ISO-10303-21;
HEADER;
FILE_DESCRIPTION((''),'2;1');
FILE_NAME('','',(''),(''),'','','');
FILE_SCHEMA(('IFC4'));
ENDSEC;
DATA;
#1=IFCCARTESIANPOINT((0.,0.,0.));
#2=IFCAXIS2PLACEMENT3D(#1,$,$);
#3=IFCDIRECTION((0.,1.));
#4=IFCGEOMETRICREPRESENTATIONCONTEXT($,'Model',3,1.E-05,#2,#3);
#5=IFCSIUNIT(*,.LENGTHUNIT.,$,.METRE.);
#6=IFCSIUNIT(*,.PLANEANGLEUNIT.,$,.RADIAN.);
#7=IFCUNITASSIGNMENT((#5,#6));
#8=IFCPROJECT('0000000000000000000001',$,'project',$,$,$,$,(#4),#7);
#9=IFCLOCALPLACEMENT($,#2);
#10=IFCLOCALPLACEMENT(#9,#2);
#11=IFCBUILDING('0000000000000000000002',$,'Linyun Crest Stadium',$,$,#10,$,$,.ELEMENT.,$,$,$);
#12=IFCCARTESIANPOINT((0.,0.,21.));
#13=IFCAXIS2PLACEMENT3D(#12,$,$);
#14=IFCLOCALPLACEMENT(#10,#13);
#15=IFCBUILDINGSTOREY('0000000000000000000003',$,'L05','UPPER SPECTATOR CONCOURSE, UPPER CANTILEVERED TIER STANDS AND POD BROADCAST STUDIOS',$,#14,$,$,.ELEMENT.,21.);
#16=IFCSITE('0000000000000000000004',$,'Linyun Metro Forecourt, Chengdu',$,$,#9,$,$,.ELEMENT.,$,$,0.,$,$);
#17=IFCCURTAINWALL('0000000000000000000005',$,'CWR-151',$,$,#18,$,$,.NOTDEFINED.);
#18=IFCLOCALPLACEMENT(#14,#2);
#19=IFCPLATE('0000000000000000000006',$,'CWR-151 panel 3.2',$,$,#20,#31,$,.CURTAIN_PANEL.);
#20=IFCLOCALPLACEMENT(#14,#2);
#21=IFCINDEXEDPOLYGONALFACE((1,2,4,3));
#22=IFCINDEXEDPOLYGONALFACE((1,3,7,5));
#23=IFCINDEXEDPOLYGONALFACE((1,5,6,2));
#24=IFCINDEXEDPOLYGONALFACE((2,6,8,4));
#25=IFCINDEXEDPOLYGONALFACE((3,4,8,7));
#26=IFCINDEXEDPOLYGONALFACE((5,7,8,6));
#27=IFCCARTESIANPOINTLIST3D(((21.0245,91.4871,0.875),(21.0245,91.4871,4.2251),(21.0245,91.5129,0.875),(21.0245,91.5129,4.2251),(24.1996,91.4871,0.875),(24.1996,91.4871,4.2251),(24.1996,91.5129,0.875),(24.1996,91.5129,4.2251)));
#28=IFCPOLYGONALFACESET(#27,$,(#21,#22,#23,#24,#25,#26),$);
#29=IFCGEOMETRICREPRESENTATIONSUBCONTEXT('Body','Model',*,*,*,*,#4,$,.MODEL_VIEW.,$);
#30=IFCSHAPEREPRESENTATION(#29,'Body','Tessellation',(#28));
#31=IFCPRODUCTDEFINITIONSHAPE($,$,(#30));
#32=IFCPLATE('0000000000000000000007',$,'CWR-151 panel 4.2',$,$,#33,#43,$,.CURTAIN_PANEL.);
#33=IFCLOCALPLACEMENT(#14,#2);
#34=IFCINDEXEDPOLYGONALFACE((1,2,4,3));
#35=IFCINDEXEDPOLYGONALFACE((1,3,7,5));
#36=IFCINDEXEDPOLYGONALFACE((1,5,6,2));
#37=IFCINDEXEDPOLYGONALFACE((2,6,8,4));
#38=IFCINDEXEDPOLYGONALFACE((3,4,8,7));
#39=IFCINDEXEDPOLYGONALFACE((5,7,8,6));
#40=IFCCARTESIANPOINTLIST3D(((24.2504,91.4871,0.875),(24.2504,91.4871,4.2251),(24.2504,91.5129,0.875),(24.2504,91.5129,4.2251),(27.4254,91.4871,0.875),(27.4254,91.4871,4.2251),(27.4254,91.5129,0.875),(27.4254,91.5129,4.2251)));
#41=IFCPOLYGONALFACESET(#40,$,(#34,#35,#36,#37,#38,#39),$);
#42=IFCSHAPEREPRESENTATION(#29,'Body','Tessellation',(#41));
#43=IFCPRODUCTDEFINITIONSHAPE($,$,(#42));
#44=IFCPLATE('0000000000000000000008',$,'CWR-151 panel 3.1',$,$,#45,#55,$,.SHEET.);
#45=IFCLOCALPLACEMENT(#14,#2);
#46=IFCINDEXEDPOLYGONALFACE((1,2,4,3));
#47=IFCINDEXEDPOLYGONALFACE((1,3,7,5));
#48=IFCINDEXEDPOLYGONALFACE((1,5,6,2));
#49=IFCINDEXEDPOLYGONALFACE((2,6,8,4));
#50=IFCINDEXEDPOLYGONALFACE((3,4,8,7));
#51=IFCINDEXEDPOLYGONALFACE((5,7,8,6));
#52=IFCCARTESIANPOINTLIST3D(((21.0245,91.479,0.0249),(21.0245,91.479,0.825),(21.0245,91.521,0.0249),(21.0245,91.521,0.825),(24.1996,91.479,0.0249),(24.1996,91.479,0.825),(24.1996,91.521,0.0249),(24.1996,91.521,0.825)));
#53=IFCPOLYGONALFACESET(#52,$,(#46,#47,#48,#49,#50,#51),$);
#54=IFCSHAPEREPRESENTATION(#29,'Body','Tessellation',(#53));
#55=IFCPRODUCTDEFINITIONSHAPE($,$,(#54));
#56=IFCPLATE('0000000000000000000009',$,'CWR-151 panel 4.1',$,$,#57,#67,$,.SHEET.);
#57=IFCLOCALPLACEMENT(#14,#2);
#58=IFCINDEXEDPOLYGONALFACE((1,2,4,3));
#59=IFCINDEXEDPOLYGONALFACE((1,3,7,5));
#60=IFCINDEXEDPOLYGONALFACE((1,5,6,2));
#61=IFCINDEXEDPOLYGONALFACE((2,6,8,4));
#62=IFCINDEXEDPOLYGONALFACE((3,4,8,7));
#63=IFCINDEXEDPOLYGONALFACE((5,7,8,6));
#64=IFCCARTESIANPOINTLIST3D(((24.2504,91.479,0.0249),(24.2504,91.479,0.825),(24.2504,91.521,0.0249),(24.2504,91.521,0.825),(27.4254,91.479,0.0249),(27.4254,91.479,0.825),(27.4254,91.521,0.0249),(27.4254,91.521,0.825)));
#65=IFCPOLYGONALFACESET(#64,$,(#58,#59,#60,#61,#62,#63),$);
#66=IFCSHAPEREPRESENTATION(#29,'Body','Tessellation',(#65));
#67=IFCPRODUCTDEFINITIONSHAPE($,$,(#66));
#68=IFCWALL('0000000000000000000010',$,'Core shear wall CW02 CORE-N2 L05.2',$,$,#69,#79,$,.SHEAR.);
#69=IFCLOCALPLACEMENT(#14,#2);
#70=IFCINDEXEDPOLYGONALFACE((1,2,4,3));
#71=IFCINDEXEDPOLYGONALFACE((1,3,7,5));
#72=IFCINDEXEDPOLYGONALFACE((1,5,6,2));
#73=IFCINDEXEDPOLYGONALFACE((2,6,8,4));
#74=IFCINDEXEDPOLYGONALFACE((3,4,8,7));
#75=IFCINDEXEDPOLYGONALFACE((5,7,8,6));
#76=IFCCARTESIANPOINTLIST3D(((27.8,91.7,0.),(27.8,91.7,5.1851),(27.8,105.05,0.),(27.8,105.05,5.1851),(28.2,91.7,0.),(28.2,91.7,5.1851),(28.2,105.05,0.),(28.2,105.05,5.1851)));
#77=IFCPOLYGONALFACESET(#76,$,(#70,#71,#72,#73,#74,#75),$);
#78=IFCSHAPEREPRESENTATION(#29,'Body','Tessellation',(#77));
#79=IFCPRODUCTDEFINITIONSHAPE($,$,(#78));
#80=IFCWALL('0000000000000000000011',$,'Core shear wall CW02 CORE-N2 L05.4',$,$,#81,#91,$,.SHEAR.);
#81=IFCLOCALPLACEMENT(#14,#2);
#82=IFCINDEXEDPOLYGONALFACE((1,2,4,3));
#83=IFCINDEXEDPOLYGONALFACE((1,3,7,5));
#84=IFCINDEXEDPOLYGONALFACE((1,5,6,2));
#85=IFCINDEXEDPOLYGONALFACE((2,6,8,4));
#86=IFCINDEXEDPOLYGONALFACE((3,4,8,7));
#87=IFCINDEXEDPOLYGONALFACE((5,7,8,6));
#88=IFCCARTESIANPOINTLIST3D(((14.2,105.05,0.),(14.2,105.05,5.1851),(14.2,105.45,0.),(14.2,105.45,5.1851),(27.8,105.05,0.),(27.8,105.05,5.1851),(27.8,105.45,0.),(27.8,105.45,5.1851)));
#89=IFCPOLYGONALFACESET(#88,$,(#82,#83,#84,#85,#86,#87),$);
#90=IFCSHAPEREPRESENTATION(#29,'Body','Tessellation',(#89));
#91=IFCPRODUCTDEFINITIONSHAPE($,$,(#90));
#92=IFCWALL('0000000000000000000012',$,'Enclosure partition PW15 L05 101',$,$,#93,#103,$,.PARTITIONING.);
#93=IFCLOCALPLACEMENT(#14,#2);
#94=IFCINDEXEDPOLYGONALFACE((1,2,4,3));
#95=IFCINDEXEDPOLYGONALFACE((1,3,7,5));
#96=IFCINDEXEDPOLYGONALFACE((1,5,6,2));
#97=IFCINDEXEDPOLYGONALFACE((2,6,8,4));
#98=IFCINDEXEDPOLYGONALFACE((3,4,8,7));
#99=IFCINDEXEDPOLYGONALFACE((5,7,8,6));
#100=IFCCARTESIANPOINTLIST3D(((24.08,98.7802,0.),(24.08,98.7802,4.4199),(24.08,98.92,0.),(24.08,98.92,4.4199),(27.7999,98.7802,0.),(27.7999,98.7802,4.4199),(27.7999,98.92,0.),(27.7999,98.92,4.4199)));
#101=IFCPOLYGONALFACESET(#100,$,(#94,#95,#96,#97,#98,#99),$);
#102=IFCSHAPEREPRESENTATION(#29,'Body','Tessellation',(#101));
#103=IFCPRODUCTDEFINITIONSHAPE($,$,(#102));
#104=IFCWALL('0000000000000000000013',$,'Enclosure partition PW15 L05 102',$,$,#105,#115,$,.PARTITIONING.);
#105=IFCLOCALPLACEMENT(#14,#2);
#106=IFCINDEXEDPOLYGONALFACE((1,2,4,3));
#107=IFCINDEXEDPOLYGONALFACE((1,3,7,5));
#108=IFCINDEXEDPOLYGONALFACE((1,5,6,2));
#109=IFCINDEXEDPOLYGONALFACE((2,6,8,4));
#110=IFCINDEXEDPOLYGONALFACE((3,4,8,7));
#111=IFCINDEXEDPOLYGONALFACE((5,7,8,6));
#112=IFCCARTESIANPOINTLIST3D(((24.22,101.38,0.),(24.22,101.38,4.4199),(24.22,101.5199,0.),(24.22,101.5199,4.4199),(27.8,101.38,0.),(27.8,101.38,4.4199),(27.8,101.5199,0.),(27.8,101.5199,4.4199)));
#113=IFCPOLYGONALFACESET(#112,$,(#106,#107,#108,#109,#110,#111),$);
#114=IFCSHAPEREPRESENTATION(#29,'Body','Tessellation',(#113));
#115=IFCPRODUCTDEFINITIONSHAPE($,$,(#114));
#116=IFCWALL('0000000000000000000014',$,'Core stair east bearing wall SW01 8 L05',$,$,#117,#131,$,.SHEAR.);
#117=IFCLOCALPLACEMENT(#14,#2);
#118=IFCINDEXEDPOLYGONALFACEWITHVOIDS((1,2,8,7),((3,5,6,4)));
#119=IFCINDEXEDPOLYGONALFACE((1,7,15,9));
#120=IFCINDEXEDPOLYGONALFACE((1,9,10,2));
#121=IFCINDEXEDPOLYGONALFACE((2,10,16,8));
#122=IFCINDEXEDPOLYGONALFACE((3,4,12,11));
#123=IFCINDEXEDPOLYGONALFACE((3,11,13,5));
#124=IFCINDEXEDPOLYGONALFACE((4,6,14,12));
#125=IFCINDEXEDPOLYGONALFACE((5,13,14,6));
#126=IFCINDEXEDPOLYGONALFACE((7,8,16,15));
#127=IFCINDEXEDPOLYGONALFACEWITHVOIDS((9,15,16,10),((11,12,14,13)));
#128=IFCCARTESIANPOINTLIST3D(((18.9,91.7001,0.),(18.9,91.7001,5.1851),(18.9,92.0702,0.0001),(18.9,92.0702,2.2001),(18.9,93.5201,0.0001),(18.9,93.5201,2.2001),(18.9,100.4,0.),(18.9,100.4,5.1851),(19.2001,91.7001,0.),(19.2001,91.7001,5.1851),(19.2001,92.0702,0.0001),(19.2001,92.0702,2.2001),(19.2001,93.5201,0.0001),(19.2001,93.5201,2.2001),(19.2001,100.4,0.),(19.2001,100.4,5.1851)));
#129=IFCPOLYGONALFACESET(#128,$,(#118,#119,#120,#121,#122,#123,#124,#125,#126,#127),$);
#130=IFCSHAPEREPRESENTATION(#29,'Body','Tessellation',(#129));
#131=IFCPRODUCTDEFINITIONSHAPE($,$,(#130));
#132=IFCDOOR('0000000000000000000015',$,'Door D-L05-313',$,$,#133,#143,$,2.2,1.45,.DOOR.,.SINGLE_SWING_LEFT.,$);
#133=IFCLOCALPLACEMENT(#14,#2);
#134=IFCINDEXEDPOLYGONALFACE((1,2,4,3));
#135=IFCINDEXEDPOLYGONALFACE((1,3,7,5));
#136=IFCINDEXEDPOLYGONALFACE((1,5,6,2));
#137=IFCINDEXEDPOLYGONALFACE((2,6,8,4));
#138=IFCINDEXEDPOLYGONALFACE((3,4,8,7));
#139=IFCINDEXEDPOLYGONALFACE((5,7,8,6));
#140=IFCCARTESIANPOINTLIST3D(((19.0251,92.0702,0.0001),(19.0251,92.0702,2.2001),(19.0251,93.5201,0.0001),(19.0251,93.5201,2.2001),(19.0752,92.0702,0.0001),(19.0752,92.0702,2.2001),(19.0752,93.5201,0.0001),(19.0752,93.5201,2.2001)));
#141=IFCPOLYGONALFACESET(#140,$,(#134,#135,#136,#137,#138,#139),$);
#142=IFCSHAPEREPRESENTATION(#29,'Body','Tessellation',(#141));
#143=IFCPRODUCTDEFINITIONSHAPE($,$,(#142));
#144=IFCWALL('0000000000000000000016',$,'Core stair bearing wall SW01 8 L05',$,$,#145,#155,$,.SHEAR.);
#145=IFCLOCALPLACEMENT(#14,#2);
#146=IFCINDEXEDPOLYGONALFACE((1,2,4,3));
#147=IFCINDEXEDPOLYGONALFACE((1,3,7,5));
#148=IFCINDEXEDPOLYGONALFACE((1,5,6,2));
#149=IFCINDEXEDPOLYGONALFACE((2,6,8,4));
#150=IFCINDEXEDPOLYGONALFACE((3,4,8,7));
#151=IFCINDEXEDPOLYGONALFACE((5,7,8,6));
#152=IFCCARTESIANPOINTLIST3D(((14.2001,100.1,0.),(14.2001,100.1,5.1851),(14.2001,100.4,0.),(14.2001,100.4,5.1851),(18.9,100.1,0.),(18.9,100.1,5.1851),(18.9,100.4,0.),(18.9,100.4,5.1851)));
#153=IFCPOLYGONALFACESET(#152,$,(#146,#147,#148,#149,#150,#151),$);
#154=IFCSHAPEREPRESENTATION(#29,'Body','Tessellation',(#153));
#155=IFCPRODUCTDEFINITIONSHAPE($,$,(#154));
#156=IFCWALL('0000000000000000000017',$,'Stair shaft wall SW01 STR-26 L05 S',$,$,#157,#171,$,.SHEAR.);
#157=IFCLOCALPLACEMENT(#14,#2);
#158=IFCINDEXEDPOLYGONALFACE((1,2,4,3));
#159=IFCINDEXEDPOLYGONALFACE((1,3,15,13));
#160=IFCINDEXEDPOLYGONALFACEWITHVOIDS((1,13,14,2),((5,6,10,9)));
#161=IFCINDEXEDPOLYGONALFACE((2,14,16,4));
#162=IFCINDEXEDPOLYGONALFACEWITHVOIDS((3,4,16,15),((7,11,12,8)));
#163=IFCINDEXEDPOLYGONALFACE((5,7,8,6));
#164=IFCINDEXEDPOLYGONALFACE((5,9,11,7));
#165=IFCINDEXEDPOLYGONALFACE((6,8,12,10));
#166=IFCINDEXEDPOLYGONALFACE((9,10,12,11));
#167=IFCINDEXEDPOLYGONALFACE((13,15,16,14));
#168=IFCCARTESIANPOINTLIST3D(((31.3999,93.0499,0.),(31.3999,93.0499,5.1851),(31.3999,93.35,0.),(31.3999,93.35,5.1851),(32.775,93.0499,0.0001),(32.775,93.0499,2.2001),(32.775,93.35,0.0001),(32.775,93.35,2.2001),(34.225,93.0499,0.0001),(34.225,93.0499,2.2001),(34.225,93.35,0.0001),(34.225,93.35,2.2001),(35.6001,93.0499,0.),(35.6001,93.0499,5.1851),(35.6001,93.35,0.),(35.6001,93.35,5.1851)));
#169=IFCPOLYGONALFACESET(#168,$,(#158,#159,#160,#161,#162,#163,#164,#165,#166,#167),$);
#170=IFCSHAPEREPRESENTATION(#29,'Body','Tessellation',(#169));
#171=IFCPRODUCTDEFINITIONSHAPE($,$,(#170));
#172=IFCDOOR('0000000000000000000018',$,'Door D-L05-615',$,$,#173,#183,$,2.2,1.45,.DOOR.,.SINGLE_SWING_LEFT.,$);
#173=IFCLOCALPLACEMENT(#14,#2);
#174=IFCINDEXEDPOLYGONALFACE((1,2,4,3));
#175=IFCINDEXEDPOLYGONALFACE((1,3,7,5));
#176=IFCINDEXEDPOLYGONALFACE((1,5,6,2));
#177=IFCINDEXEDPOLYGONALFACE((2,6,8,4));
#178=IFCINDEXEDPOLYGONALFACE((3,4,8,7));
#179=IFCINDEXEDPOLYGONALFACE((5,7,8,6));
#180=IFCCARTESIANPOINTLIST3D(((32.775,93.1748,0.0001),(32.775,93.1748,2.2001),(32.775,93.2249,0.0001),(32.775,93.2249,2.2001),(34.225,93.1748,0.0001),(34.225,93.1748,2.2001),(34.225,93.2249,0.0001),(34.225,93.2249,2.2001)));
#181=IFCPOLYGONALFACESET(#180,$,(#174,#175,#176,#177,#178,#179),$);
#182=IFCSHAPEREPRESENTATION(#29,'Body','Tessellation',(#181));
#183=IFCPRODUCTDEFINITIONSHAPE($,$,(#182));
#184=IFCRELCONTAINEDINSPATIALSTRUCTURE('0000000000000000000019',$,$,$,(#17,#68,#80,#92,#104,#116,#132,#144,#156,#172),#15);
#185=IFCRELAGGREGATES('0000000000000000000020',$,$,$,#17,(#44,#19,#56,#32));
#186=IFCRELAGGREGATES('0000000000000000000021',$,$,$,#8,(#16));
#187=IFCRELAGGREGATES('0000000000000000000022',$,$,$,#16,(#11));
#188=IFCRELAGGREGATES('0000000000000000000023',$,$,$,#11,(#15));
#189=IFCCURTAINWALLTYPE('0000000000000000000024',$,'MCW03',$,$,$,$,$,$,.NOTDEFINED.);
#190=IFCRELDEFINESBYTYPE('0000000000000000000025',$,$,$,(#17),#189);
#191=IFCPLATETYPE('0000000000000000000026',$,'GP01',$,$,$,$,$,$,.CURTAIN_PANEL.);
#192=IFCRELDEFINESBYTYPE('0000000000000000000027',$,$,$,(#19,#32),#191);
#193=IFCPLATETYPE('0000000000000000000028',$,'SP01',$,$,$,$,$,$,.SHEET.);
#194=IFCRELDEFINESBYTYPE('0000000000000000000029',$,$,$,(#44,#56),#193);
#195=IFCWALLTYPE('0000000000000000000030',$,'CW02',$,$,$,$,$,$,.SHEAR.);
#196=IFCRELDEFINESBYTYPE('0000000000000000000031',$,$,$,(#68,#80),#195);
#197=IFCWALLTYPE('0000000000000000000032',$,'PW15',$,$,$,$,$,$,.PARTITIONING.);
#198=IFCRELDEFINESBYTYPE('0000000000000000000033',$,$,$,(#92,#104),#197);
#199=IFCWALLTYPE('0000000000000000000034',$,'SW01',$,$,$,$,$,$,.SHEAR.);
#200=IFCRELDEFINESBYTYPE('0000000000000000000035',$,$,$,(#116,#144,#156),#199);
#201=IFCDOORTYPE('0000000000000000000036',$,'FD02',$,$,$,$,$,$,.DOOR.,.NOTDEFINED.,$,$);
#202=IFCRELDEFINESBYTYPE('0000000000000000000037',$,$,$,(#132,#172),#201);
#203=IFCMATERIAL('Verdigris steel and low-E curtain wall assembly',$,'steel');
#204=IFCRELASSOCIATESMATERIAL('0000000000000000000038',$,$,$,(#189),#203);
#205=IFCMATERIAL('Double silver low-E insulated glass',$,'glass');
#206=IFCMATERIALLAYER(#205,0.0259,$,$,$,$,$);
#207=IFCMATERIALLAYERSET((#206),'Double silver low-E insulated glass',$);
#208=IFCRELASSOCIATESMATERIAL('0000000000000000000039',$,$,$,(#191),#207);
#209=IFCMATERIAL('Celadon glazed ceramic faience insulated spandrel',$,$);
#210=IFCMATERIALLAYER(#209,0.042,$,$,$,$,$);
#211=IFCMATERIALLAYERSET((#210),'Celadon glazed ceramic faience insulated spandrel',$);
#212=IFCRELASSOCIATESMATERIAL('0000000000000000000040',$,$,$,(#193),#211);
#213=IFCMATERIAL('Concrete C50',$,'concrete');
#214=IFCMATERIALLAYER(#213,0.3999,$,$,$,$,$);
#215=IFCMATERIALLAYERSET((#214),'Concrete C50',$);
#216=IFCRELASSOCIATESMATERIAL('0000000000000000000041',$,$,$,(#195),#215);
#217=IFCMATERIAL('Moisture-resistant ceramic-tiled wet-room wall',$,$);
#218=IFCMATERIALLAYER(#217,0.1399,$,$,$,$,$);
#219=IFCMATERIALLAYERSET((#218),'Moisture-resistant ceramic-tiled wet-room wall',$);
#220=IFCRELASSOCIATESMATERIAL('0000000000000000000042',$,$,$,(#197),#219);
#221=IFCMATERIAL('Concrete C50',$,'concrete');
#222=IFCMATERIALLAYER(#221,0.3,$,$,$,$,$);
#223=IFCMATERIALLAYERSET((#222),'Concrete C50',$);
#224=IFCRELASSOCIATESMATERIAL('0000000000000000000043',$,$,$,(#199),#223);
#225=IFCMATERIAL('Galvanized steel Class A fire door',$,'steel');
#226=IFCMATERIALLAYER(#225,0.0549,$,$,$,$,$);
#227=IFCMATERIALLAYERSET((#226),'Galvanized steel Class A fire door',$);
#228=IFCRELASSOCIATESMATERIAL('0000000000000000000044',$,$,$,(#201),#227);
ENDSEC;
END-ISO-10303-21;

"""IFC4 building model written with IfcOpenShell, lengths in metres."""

from ifc_helpers import new_model, si_unit, direction, frame, frame_2d, origin, origin_2d, place, context, subcontext, project, spatial, rectangle, extrude, material, layer, layer_set, type_object, element, fill, aggregate, save


model = new_model("IFC4")

# Units and contexts
model_context = context("Model", 3, precision=1e-05, world=origin(), true_north=direction((0.0, 1.0)))
body_context = subcontext(model_context, "Body", "Model", "MODEL_VIEW")
ifc_project = project(units=[si_unit("LENGTHUNIT", "METRE"), si_unit("PLANEANGLEUNIT", "RADIAN")], contexts=[model_context])

# Site, building, storey
site_placement = place(None, origin())
site = spatial("IfcSite", under=ifc_project, at=site_placement, Name="Linyun Metro Forecourt, Chengdu", CompositionType="ELEMENT", RefElevation=0.0)
building_placement = place(site_placement, origin())
building = spatial("IfcBuilding", under=site, at=building_placement, Name="Linyun Crest Stadium", CompositionType="ELEMENT")
storey_placement = place(building_placement, frame((0.0, 0.0, 21.0)))
storey = spatial("IfcBuildingStorey", under=building, at=storey_placement, Name="L05", Description="UPPER SPECTATOR CONCOURSE, UPPER CANTILEVERED TIER STANDS AND POD BROADCAST STUDIOS", CompositionType="ELEMENT", Elevation=21.0)

# Curtain wall, plates
ifc_material_1 = material(Name="Verdigris steel and low-E curtain wall assembly", Category="steel")
curtain_wall_type = type_object("IfcCurtainWallType", Name="MCW03", PredefinedType="NOTDEFINED", material=ifc_material_1)
curtain_wall_placement = place(storey_placement, origin())
curtain_wall = element("IfcCurtainWall", 1, at=curtain_wall_placement, inside=storey, type_object=curtain_wall_type, Name="CWR-151", PredefinedType="NOTDEFINED")
ifc_material_2 = material(Name="Double silver low-E insulated glass", Category="glass")
ifc_layer_1 = layer(ifc_material_2, 0.0259)
ifc_layer_set_1 = layer_set([ifc_layer_1], Name="Double silver low-E insulated glass")
plate_type_1 = type_object("IfcPlateType", Name="GP01", PredefinedType="CURTAIN_PANEL", material=ifc_layer_set_1)
plate_1_placement = place(storey_placement, frame((22.6121, 91.5, 0.875), z_axis=(0.0, 0.0, 1.0), x_axis=(1.0, 0.0, 0.0)))
plate_1 = element("IfcPlate", 2, at=plate_1_placement, type_object=plate_type_1, Name="CWR-151 panel 3.2", PredefinedType="CURTAIN_PANEL", context=body_context, shape_type="SweptSolid", body=[
    extrude(rectangle(XDim=3.175, YDim=0.0259, at=origin_2d()), origin(), (0.0, 0.0, 1.0), 3.3501),
])
plate_2_placement = place(storey_placement, frame((25.8379, 91.5, 0.875), z_axis=(0.0, 0.0, 1.0), x_axis=(1.0, 0.0, 0.0)))
plate_2 = element("IfcPlate", 3, at=plate_2_placement, type_object=plate_type_1, Name="CWR-151 panel 4.2", PredefinedType="CURTAIN_PANEL", context=body_context, shape_type="SweptSolid", body=[
    extrude(rectangle(XDim=3.175, YDim=0.0259, at=origin_2d()), origin(), (0.0, 0.0, 1.0), 3.3501),
])
ifc_material_3 = material(Name="Celadon glazed ceramic faience insulated spandrel")
ifc_layer_2 = layer(ifc_material_3, 0.042)
ifc_layer_set_2 = layer_set([ifc_layer_2], Name="Celadon glazed ceramic faience insulated spandrel")
plate_type_2 = type_object("IfcPlateType", Name="SP01", PredefinedType="SHEET", material=ifc_layer_set_2)
plate_3_placement = place(storey_placement, frame((22.6121, 91.5, 0.0249), z_axis=(0.0, 0.0, 1.0), x_axis=(1.0, 0.0, 0.0)))
plate_3 = element("IfcPlate", 4, at=plate_3_placement, type_object=plate_type_2, Name="CWR-151 panel 3.1", PredefinedType="SHEET", context=body_context, shape_type="SweptSolid", body=[
    extrude(rectangle(XDim=3.175, YDim=0.042, at=origin_2d()), origin(), (0.0, 0.0, 1.0), 0.8),
])
plate_4_placement = place(storey_placement, frame((25.8379, 91.5, 0.0249), z_axis=(0.0, 0.0, 1.0), x_axis=(1.0, 0.0, 0.0)))
plate_4 = element("IfcPlate", 5, at=plate_4_placement, type_object=plate_type_2, Name="CWR-151 panel 4.1", PredefinedType="SHEET", context=body_context, shape_type="SweptSolid", body=[
    extrude(rectangle(XDim=3.175, YDim=0.042, at=origin_2d()), origin(), (0.0, 0.0, 1.0), 0.8),
])
aggregate(curtain_wall, [plate_3, plate_1, plate_4, plate_2])

# Walls
ifc_material_4 = material(Name="Concrete C50", Category="concrete")
ifc_layer_3 = layer(ifc_material_4, 0.3999)
ifc_layer_set_3 = layer_set([ifc_layer_3], Name="Concrete C50")
wall_type_1 = type_object("IfcWallType", Name="CW02", PredefinedType="SHEAR", material=ifc_layer_set_3)
wall_1_placement = place(storey_placement, frame((28.0, 91.7, 0.0), z_axis=(0.0, 0.0, 1.0), x_axis=(0.0, 1.0, 0.0)))
element("IfcWall", 6, at=wall_1_placement, inside=storey, type_object=wall_type_1, Name="Core shear wall CW02 CORE-N2 L05.2", PredefinedType="SHEAR", context=body_context, shape_type="SweptSolid", body=[
    extrude(rectangle(XDim=13.3501, YDim=0.3999, at=frame_2d((6.675, 0.0))), origin(), (0.0, 0.0, 1.0), 5.1851),
])
wall_2_placement = place(storey_placement, frame((14.2, 105.25, 0.0), z_axis=(0.0, 0.0, 1.0), x_axis=(1.0, 0.0, 0.0)))
element("IfcWall", 7, at=wall_2_placement, inside=storey, type_object=wall_type_1, Name="Core shear wall CW02 CORE-N2 L05.4", PredefinedType="SHEAR", context=body_context, shape_type="SweptSolid", body=[
    extrude(rectangle(XDim=13.6001, YDim=0.3999, at=frame_2d((6.8, 0.0))), origin(), (0.0, 0.0, 1.0), 5.1851),
])

# Shared definitions
ifc_material_5 = material(Name="Moisture-resistant ceramic-tiled wet-room wall")
ifc_layer_4 = layer(ifc_material_5, 0.1399)
ifc_layer_set_4 = layer_set([ifc_layer_4], Name="Moisture-resistant ceramic-tiled wet-room wall")
wall_type_2 = type_object("IfcWallType", Name="PW15", PredefinedType="PARTITIONING", material=ifc_layer_set_4)

# Walls
wall_3_placement = place(storey_placement, frame((24.0801, 98.8501, 0.0), z_axis=(0.0, 0.0, 1.0), x_axis=(1.0, 0.0, 0.0)))
element("IfcWall", 8, at=wall_3_placement, inside=storey, type_object=wall_type_2, Name="Enclosure partition PW15 L05 101", PredefinedType="PARTITIONING", context=body_context, shape_type="SweptSolid", body=[
    extrude(rectangle(XDim=3.72, YDim=0.1399, at=frame_2d((1.8599, 0.0))), origin(), (0.0, 0.0, 1.0), 4.4199),
])
wall_4_placement = place(storey_placement, frame((24.22, 101.45, 0.0), z_axis=(0.0, 0.0, 1.0), x_axis=(1.0, 0.0, 0.0)))
element("IfcWall", 9, at=wall_4_placement, inside=storey, type_object=wall_type_2, Name="Enclosure partition PW15 L05 102", PredefinedType="PARTITIONING", context=body_context, shape_type="SweptSolid", body=[
    extrude(rectangle(XDim=3.5801, YDim=0.1399, at=frame_2d((1.79, 0.0))), origin(), (0.0, 0.0, 1.0), 4.4199),
])

# Wall, opening, door
ifc_material_6 = material(Name="Concrete C50", Category="concrete")
ifc_layer_5 = layer(ifc_material_6, 0.3)
ifc_layer_set_5 = layer_set([ifc_layer_5], Name="Concrete C50")
wall_type_3 = type_object("IfcWallType", Name="SW01", PredefinedType="SHEAR", material=ifc_layer_set_5)
wall_5_placement = place(storey_placement, frame((19.05, 91.7, 0.0), z_axis=(0.0, 0.0, 1.0), x_axis=(0.0, 1.0, 0.0)))
wall_5 = element("IfcWall", 10, at=wall_5_placement, inside=storey, type_object=wall_type_3, Name="Core stair east bearing wall SW01 8 L05", PredefinedType="SHEAR", context=body_context, shape_type="SweptSolid", body=[
    extrude(rectangle(XDim=8.7, YDim=0.3, at=frame_2d((4.3501, 0.0))), origin(), (0.0, 0.0, 1.0), 5.1851),
])
opening_1_placement = place(wall_5_placement, frame((0.3701, 0.0, 0.0)))
opening_1 = element("IfcOpeningElement", 11, at=opening_1_placement, cuts=wall_5, PredefinedType="OPENING", context=body_context, shape_type="SweptSolid", body=[
    extrude(rectangle(XDim=1.45, YDim=2.2, at=frame_2d((0.7251, 1.1001))), frame((0.0, 0.1599, 0.0), z_axis=(0.0, -1.0, 0.0), x_axis=(1.0, 0.0, 0.0)), (0.0, 0.0, 1.0), 0.3201),
])
ifc_material_7 = material(Name="Galvanized steel Class A fire door", Category="steel")
ifc_layer_6 = layer(ifc_material_7, 0.0549)
ifc_layer_set_6 = layer_set([ifc_layer_6], Name="Galvanized steel Class A fire door")
door_type_1 = type_object("IfcDoorType", Name="FD02", OperationType="NOTDEFINED", PredefinedType="DOOR", material=ifc_layer_set_6)
door_1_placement = place(opening_1_placement, origin())
door_1 = element("IfcDoor", 12, at=door_1_placement, inside=storey, type_object=door_type_1, Name="Door D-L05-313", OperationType="SINGLE_SWING_LEFT", OverallHeight=2.2, OverallWidth=1.45, PredefinedType="DOOR", context=body_context, shape_type="SweptSolid", body=[
    extrude(rectangle(XDim=1.45, YDim=2.2, at=frame_2d((0.7251, 1.1001))), frame((0.0, 0.0249, 0.0), z_axis=(0.0, -1.0, 0.0), x_axis=(1.0, 0.0, 0.0)), (0.0, 0.0, 1.0), 0.05),
])
fill(opening_1, door_1)

# Wall
wall_6_placement = place(storey_placement, frame((14.2, 100.25, 0.0), z_axis=(0.0, 0.0, 1.0), x_axis=(1.0, 0.0, 0.0)))
element("IfcWall", 13, at=wall_6_placement, inside=storey, type_object=wall_type_3, Name="Core stair bearing wall SW01 8 L05", PredefinedType="SHEAR", context=body_context, shape_type="SweptSolid", body=[
    extrude(rectangle(XDim=4.7, YDim=0.3, at=frame_2d((2.3501, 0.0))), origin(), (0.0, 0.0, 1.0), 5.1851),
])

# Wall, opening, door
wall_7_placement = place(storey_placement, frame((31.3999, 93.2, 0.0), z_axis=(0.0, 0.0, 1.0), x_axis=(1.0, 0.0, 0.0)))
wall_7 = element("IfcWall", 14, at=wall_7_placement, inside=storey, type_object=wall_type_3, Name="Stair shaft wall SW01 STR-26 L05 S", PredefinedType="SHEAR", context=body_context, shape_type="SweptSolid", body=[
    extrude(rectangle(XDim=4.2002, YDim=0.3, at=frame_2d((2.1001, 0.0))), origin(), (0.0, 0.0, 1.0), 5.1851),
])
opening_2_placement = place(wall_7_placement, frame((1.375, 0.0, 0.0)))
opening_2 = element("IfcOpeningElement", 15, at=opening_2_placement, cuts=wall_7, PredefinedType="OPENING", context=body_context, shape_type="SweptSolid", body=[
    extrude(rectangle(XDim=1.45, YDim=2.2, at=frame_2d((0.7251, 1.1001))), frame((0.0, 0.1599, 0.0), z_axis=(0.0, -1.0, 0.0), x_axis=(1.0, 0.0, 0.0)), (0.0, 0.0, 1.0), 0.3201),
])
door_2_placement = place(opening_2_placement, origin())
door_2 = element("IfcDoor", 16, at=door_2_placement, inside=storey, type_object=door_type_1, Name="Door D-L05-615", OperationType="SINGLE_SWING_LEFT", OverallHeight=2.2, OverallWidth=1.45, PredefinedType="DOOR", context=body_context, shape_type="SweptSolid", body=[
    extrude(rectangle(XDim=1.45, YDim=2.2, at=frame_2d((0.7251, 1.1001))), frame((0.0, 0.0249, 0.0), z_axis=(0.0, -1.0, 0.0), x_axis=(1.0, 0.0, 0.0)), (0.0, 0.0, 1.0), 0.05),
])
fill(opening_2, door_2)

save(model, "model.ifc")
